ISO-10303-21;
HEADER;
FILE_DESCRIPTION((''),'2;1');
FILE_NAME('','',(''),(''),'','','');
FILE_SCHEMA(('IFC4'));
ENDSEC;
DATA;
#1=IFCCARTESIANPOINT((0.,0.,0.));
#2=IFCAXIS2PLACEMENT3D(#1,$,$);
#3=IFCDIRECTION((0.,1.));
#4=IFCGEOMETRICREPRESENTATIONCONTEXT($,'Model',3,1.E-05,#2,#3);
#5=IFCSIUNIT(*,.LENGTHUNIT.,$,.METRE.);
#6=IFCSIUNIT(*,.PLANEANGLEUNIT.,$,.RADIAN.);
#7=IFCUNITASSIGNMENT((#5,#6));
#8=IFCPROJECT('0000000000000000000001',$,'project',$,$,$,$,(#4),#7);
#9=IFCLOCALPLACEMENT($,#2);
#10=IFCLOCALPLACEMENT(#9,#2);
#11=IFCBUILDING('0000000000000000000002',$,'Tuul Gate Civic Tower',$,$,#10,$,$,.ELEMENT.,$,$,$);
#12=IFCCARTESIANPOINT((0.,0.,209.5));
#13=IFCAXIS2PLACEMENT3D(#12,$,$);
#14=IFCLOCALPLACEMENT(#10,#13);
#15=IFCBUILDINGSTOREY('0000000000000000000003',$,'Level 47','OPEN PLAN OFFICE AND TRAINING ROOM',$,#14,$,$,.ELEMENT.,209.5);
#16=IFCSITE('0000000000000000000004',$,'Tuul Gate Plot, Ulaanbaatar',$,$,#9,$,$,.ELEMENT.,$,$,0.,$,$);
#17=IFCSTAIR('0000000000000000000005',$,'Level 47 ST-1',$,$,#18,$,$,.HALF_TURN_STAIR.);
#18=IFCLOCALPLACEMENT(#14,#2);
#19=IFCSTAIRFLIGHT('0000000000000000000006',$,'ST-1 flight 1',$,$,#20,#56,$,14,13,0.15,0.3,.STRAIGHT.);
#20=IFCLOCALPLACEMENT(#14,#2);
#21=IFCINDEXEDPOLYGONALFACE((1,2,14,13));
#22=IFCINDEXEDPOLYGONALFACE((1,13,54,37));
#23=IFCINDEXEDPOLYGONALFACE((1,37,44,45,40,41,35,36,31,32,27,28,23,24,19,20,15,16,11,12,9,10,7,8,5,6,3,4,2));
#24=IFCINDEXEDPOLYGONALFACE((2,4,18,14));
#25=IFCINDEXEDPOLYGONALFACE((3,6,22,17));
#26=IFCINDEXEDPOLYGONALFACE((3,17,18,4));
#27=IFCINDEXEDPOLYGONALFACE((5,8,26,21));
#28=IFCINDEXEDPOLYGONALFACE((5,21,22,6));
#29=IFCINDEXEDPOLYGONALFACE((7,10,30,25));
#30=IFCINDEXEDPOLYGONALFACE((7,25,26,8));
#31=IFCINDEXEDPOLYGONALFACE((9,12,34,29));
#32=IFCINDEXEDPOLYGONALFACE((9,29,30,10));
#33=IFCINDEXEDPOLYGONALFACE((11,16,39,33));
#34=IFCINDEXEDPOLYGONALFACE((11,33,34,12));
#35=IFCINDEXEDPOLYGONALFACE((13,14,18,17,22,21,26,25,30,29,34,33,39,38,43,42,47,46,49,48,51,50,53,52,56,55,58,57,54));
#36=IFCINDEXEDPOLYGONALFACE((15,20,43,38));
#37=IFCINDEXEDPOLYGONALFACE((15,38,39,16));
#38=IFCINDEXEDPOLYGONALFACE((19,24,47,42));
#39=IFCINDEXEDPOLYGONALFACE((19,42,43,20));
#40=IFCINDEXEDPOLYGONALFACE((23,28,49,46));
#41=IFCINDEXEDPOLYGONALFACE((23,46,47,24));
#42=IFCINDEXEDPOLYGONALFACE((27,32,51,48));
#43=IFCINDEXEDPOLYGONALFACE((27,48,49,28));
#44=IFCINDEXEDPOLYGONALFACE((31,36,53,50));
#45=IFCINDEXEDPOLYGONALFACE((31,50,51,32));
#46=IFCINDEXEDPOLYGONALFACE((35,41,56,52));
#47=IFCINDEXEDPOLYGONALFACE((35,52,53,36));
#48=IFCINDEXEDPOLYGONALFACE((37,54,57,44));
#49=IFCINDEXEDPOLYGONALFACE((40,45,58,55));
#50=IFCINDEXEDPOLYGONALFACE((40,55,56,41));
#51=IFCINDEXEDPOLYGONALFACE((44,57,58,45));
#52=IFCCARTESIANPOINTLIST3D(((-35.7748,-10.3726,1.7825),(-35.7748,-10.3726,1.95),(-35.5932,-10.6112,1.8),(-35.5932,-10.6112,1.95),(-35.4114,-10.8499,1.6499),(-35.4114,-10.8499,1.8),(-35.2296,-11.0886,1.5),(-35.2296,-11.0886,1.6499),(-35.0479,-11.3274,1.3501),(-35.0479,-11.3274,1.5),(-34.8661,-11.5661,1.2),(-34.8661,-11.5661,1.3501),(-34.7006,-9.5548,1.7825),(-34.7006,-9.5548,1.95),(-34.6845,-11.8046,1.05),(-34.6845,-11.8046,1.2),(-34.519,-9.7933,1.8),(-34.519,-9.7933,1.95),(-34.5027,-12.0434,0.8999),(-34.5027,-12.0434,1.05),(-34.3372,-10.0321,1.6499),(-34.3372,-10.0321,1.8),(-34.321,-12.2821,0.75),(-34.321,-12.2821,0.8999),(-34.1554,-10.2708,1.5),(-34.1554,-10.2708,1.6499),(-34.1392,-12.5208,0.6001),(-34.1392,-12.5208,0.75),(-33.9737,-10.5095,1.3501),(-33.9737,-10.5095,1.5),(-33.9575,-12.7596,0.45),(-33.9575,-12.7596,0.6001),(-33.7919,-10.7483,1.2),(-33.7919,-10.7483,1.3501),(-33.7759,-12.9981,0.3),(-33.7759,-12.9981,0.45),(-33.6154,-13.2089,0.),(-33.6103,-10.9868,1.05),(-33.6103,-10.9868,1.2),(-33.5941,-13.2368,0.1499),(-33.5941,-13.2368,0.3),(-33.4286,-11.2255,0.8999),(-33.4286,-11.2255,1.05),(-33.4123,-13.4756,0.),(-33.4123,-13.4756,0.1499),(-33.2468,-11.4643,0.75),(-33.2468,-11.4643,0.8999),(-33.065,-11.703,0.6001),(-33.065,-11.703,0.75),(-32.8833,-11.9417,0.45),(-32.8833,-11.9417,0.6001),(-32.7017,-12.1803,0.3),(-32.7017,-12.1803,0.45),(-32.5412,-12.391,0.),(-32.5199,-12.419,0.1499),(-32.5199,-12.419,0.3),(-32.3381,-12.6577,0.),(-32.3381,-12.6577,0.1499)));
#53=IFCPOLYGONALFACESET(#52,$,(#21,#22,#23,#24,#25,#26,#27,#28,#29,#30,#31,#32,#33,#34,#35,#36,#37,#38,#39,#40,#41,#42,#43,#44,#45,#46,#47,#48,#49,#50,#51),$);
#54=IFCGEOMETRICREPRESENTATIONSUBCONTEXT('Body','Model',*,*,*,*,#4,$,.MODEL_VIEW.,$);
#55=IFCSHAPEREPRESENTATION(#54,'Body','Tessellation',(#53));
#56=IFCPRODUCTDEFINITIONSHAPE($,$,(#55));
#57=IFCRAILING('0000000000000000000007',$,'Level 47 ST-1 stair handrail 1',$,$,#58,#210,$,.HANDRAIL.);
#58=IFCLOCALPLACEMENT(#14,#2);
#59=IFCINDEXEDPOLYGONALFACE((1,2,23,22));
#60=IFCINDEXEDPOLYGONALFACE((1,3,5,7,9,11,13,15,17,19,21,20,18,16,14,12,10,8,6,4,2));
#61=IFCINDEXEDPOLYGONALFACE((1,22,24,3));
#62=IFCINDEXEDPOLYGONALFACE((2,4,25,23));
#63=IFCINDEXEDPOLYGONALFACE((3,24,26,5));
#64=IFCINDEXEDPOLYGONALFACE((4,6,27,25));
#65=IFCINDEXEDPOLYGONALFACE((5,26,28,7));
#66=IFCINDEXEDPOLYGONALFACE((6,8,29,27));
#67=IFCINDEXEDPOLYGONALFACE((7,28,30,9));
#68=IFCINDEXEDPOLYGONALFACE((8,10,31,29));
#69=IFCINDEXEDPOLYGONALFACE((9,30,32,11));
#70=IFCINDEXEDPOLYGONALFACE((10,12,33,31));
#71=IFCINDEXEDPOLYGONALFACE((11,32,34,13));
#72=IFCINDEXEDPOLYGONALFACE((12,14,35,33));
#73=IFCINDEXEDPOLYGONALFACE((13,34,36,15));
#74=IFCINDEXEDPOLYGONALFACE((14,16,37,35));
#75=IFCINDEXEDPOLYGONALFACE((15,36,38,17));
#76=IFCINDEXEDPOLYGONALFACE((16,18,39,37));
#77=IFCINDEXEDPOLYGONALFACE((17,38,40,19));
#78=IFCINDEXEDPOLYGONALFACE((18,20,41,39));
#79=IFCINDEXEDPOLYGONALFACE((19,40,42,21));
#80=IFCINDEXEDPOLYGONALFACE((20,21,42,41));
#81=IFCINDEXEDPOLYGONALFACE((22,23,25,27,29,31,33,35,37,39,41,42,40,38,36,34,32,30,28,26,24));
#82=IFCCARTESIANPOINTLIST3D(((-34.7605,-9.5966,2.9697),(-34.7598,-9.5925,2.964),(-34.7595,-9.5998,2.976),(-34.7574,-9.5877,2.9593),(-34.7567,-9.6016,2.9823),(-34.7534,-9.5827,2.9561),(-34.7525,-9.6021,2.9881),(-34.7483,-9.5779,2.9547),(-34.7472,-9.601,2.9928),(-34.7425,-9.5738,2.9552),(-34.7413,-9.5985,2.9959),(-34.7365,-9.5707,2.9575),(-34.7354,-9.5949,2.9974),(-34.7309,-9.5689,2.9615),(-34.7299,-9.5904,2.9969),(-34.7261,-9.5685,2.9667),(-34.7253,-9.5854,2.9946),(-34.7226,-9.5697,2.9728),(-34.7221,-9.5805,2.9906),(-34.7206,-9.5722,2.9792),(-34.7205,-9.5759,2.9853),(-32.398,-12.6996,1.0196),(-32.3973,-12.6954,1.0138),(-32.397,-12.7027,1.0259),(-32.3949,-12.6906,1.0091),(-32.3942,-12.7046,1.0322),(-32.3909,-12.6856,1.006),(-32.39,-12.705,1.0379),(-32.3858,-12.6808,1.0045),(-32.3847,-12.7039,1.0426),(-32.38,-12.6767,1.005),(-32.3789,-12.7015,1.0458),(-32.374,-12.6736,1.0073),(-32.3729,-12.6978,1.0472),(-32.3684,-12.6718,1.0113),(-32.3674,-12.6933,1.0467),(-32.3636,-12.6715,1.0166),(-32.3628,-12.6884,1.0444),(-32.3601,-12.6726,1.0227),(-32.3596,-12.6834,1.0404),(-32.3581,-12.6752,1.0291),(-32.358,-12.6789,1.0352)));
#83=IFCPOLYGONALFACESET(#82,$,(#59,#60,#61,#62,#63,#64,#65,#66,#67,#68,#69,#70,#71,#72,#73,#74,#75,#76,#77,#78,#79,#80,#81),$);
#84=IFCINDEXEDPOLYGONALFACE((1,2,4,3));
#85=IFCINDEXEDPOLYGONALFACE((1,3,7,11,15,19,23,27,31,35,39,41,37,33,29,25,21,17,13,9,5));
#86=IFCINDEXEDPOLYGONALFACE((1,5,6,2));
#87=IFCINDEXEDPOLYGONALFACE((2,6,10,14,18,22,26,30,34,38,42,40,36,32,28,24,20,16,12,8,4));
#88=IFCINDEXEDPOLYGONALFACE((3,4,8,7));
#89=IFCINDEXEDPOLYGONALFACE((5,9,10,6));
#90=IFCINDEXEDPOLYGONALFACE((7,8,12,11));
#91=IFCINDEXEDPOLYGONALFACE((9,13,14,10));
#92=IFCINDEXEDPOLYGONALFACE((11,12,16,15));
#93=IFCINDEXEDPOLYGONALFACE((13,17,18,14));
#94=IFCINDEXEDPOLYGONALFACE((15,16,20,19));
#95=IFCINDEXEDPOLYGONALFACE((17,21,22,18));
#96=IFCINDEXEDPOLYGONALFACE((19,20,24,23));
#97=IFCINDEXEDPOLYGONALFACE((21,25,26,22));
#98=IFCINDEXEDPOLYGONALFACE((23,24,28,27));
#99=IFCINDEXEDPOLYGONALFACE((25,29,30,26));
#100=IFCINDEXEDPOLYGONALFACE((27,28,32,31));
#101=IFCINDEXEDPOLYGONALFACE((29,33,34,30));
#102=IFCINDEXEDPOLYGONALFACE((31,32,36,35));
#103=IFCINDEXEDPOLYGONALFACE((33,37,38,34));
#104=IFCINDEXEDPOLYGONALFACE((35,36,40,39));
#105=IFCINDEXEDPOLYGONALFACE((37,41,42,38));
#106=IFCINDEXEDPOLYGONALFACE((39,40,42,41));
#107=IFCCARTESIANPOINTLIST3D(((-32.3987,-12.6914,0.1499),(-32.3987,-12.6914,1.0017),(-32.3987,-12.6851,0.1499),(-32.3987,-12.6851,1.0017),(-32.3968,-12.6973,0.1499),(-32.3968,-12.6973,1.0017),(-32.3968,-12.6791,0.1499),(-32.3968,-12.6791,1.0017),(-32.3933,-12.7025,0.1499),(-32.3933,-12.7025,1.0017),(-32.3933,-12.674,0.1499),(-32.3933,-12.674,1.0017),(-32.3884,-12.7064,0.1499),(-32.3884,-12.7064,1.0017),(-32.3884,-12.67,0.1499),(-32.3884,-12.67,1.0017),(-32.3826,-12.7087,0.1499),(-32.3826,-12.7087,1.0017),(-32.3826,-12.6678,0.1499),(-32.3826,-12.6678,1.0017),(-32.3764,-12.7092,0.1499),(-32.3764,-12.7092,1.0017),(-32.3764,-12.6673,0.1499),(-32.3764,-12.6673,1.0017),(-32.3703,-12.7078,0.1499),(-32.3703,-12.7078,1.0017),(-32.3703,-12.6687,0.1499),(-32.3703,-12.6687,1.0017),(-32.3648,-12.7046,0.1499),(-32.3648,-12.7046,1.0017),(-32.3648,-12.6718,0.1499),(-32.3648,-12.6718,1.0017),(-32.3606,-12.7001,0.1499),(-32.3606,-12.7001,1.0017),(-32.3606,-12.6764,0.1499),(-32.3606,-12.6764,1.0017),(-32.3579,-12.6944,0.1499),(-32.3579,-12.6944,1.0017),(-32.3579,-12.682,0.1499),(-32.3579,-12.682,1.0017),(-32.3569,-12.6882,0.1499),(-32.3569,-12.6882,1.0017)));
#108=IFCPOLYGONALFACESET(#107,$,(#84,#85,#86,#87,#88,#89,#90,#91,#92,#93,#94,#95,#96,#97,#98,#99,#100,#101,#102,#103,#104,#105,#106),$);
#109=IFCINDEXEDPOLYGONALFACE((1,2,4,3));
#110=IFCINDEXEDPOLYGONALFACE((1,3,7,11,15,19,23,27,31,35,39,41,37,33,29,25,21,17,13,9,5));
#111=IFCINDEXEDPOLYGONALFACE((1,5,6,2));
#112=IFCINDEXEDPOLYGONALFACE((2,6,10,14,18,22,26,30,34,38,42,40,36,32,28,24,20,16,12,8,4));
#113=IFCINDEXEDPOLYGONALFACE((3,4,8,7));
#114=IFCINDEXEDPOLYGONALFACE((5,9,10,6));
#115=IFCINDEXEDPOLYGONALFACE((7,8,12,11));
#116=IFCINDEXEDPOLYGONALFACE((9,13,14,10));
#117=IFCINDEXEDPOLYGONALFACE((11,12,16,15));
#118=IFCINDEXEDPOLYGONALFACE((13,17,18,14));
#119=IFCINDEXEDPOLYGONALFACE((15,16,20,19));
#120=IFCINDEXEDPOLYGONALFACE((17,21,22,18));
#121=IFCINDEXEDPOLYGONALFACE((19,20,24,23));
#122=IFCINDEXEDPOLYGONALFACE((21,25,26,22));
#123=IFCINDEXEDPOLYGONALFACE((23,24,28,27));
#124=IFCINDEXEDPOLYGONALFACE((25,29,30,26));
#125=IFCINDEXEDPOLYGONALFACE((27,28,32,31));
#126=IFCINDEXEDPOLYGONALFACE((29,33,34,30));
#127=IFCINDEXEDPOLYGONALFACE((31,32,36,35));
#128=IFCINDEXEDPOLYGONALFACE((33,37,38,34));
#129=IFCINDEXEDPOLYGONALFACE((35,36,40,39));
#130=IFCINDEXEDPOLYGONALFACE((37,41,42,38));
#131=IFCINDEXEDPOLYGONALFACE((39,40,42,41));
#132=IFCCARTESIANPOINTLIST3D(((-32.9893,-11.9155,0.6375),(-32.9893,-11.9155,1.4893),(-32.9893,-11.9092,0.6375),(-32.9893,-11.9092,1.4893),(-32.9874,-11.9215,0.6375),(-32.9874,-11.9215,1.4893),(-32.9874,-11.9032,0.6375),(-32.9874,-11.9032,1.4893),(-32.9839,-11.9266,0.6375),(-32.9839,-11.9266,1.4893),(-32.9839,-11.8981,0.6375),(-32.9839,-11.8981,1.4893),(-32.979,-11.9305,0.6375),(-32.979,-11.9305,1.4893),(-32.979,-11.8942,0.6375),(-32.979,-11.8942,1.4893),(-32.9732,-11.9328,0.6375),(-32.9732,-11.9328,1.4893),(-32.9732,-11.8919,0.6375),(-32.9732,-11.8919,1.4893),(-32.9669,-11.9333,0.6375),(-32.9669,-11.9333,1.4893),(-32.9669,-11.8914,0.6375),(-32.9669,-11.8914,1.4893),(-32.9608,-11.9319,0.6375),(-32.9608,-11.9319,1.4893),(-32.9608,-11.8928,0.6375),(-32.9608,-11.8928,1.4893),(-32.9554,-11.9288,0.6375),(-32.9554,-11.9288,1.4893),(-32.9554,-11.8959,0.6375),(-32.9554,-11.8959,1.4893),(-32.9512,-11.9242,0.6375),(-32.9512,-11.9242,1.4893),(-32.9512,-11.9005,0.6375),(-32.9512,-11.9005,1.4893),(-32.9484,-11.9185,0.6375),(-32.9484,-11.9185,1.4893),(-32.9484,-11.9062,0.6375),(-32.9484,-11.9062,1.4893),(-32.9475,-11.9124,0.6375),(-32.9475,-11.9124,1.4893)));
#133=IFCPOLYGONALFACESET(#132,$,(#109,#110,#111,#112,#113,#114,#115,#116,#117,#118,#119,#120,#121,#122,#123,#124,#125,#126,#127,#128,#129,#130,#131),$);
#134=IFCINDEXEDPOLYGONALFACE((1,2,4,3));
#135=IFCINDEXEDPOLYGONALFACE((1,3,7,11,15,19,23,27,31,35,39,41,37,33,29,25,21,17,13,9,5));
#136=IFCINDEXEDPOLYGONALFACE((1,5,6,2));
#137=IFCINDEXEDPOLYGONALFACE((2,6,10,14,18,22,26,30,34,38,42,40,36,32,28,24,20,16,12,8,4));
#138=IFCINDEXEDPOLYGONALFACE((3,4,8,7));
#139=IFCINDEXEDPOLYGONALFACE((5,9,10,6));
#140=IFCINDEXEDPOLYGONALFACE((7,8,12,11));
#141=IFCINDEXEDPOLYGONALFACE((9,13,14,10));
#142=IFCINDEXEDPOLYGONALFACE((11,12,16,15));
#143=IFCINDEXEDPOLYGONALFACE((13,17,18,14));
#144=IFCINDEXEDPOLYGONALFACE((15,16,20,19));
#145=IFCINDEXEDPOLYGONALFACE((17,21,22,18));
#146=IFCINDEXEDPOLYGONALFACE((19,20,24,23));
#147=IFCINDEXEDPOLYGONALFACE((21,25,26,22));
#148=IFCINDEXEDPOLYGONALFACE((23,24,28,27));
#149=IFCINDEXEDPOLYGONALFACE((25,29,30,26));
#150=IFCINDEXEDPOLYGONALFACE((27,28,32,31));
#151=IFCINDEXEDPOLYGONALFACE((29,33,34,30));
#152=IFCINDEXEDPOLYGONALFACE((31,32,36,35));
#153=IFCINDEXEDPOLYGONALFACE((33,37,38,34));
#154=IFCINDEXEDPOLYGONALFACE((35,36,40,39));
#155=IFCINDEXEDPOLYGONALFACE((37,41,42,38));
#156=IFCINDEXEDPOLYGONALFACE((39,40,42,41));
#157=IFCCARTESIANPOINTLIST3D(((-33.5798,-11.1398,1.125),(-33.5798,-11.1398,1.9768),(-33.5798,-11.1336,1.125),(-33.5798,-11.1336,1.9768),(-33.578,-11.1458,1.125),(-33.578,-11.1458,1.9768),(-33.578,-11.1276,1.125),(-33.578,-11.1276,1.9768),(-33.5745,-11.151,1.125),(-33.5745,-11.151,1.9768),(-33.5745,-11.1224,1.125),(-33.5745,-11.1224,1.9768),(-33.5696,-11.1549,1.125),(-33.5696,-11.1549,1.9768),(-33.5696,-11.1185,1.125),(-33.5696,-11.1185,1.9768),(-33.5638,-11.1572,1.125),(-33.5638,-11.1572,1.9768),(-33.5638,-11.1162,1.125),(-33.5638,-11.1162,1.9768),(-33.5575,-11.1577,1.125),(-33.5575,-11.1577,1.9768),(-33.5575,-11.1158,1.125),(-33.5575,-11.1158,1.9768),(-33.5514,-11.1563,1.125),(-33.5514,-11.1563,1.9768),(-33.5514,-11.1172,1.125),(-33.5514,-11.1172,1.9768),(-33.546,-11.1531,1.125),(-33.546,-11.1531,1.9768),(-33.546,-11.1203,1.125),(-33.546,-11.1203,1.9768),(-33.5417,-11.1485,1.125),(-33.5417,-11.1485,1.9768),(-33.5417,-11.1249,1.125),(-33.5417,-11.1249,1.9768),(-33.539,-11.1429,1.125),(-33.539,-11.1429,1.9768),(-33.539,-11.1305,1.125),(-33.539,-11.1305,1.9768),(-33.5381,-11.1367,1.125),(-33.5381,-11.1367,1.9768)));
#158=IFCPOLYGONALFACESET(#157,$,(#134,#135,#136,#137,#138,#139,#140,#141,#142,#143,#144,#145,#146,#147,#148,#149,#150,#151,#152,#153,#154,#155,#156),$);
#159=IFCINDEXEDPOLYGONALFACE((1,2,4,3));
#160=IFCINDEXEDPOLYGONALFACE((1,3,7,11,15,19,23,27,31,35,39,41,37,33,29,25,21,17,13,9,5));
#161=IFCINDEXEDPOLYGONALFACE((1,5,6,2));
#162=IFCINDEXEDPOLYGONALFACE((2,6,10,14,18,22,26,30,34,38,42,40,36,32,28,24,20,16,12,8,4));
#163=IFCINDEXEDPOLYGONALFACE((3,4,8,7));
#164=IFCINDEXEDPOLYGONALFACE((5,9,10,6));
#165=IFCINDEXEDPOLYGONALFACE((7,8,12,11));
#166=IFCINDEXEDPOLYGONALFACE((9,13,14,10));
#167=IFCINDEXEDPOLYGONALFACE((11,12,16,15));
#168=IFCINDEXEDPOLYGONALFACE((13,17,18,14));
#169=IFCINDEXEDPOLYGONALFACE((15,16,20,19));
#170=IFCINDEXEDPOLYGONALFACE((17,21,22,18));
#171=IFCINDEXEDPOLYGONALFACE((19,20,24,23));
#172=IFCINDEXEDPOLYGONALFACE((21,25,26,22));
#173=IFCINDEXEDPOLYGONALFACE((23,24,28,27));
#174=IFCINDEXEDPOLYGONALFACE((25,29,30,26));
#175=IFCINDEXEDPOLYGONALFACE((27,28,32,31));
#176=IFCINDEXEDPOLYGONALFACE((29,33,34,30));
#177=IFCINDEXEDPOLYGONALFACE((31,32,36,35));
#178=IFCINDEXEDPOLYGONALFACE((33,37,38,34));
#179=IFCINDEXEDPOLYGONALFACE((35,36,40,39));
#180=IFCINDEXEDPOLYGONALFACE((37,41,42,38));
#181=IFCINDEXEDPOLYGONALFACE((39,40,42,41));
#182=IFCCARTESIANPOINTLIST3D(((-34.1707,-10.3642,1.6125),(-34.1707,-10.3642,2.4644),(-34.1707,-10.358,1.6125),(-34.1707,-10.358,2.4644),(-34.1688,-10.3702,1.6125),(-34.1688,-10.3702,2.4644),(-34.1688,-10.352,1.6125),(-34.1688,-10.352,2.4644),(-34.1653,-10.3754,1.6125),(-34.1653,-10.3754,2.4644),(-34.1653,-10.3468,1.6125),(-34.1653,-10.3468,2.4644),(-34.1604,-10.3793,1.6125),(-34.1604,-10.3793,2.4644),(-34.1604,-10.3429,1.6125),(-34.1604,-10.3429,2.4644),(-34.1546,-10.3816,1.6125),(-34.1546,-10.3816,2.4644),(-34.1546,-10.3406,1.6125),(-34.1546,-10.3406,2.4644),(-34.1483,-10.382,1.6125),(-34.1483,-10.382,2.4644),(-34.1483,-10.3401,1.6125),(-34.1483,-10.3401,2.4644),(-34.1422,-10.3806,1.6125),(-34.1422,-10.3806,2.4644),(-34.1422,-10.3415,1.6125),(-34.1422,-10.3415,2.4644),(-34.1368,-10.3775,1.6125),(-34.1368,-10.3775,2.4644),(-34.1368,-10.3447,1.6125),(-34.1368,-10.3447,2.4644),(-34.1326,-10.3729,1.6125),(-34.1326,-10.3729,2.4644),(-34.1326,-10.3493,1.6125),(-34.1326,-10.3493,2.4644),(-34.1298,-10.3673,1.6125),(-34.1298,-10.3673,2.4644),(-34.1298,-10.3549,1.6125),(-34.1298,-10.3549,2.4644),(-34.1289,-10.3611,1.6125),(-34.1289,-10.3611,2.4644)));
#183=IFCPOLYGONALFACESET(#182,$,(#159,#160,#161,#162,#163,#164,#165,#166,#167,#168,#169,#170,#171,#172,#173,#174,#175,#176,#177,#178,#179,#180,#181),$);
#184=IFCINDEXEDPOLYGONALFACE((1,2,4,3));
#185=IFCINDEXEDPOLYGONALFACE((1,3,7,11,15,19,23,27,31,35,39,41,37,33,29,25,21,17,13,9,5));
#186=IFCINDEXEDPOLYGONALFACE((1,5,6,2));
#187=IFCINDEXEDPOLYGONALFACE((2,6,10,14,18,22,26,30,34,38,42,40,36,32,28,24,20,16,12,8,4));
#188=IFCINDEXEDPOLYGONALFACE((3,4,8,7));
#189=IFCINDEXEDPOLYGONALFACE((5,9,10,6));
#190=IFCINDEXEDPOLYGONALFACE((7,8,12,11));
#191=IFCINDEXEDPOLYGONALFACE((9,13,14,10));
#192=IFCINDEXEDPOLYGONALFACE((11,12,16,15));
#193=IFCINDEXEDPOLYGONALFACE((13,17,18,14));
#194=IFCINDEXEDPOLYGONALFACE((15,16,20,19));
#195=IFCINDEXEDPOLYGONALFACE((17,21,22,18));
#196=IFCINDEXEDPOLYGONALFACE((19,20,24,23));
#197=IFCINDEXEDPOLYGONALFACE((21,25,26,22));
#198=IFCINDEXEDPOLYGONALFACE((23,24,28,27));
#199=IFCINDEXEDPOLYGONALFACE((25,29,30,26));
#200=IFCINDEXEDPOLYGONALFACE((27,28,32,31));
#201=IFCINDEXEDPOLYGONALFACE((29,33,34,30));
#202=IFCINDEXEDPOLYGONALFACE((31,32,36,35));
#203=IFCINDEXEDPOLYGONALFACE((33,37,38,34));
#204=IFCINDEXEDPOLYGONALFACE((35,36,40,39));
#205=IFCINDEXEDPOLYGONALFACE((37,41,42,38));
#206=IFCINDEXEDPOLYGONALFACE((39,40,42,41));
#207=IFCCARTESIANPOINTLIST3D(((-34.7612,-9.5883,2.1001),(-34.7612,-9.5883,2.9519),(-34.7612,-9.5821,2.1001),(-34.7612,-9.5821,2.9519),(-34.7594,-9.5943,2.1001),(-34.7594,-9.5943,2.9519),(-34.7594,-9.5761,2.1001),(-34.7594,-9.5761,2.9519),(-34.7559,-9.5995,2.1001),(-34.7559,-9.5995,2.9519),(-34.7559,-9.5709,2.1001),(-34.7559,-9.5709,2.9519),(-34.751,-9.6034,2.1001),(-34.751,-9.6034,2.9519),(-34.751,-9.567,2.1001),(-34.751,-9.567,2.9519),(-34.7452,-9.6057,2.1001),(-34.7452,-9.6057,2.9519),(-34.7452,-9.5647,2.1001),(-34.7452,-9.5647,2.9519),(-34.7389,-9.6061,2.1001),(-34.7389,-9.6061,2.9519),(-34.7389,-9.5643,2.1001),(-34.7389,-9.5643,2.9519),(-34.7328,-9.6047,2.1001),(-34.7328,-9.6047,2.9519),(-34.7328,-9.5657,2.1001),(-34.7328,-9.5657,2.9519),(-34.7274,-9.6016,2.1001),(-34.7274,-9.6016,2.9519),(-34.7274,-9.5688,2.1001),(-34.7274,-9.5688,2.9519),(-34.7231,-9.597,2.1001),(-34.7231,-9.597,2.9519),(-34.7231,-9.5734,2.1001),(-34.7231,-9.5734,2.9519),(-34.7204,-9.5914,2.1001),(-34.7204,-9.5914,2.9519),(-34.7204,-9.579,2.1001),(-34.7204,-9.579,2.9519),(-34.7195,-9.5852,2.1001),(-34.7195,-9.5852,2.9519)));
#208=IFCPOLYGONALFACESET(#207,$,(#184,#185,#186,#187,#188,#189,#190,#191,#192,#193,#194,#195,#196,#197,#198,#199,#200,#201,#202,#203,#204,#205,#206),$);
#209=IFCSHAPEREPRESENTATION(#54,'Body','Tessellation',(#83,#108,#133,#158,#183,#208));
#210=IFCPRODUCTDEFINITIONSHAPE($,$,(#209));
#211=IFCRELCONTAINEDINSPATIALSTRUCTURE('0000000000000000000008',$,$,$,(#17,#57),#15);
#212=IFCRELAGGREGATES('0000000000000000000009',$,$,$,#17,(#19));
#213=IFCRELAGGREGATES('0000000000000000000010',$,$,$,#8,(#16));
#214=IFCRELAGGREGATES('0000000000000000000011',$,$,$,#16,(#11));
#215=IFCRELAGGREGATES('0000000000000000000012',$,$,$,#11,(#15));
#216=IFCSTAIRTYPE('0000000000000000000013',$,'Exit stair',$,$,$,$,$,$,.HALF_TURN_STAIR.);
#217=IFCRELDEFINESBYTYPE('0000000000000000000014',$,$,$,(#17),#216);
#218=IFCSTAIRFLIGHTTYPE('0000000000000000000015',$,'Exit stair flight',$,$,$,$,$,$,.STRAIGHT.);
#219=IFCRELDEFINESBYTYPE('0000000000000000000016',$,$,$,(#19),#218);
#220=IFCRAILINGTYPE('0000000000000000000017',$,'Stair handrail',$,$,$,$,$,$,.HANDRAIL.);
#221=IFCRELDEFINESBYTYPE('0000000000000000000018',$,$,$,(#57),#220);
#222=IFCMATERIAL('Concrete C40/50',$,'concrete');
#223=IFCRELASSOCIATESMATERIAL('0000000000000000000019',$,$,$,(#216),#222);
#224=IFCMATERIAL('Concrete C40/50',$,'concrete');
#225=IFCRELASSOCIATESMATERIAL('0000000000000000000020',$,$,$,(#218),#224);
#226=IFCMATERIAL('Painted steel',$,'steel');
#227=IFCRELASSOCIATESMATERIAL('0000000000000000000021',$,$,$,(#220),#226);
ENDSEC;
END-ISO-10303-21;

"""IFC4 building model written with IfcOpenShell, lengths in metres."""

from ifc_helpers import new_model, si_unit, direction, frame, origin, origin_2d, place, context, subcontext, project, spatial, polyline, circle, outline, extrude, material, type_object, element, aggregate, save


model = new_model("IFC4")

# Units and contexts
model_context = context("Model", 3, precision=1e-05, world=origin(), true_north=direction((0.0, 1.0)))
body_context = subcontext(model_context, "Body", "Model", "MODEL_VIEW")
ifc_project = project(units=[si_unit("LENGTHUNIT", "METRE"), si_unit("PLANEANGLEUNIT", "RADIAN")], contexts=[model_context])

# Site, building, storey
site_placement = place(None, origin())
site = spatial("IfcSite", under=ifc_project, at=site_placement, Name="Tuul Gate Plot, Ulaanbaatar", CompositionType="ELEMENT", RefElevation=0.0)
building_placement = place(site_placement, origin())
building = spatial("IfcBuilding", under=site, at=building_placement, Name="Tuul Gate Civic Tower", CompositionType="ELEMENT")
storey_placement = place(building_placement, frame((0.0, 0.0, 209.5)))
storey = spatial("IfcBuildingStorey", under=building, at=storey_placement, Name="Level 47", Description="OPEN PLAN OFFICE AND TRAINING ROOM", CompositionType="ELEMENT", Elevation=209.5)

# Stair, stair flight
ifc_material_1 = material(Name="Concrete C40/50", Category="concrete")
stair_type = type_object("IfcStairType", Name="Exit stair", PredefinedType="HALF_TURN_STAIR", material=ifc_material_1)
stair_placement = place(storey_placement, origin())
stair = element("IfcStair", 1, at=stair_placement, inside=storey, type_object=stair_type, Name="Level 47 ST-1", PredefinedType="HALF_TURN_STAIR")
ifc_material_2 = material(Name="Concrete C40/50", Category="concrete")
stair_flight_type = type_object("IfcStairFlightType", Name="Exit stair flight", PredefinedType="STRAIGHT", material=ifc_material_2)
stair_flight_placement = place(storey_placement, frame((-32.8752, -13.0667, 0.0), z_axis=(0.0, 0.0, 1.0), x_axis=(-0.605764, 0.795644, 0.0)))
stair_flight = element("IfcStairFlight", 2, at=stair_flight_placement, type_object=stair_flight_type, Name="ST-1 flight 1", NumberOfRisers=14, NumberOfTreads=13, PredefinedType="STRAIGHT", RiserHeight=0.15, TreadLength=0.3, context=body_context, shape_type="SweptSolid", body=[
    extrude(outline(polyline([(0.0, 0.0), (0.0, 0.1499), (0.3, 0.1499), (0.3, 0.3), (0.6001, 0.3), (0.6001, 0.45), (0.8999, 0.45), (0.8999, 0.6001), (1.2, 0.6001), (1.2, 0.75), (1.5, 0.75), (1.5, 0.8999), (1.8, 0.8999), (1.8, 1.05), (2.1001, 1.05), (2.1001, 1.2), (2.3999, 1.2), (2.3999, 1.3501), (2.7, 1.3501), (2.7, 1.5), (3.0, 1.5), (3.0, 1.6499), (3.3, 1.6499), (3.3, 1.8), (3.6001, 1.8), (3.6001, 1.95), (3.8999, 1.95), (3.8999, 2.1001), (3.8999, 1.7825), (0.3352, 0.0), (0.0, 0.0)])), frame((0.0, 0.675, 0.0), z_axis=(0.0, -1.0, 0.0), x_axis=(1.0, 0.0, 0.0)), (0.0, 0.0, 1.0), 1.3501),
])
aggregate(stair, [stair_flight])

# Railing
ifc_material_3 = material(Name="Painted steel", Category="steel")
railing_type_1 = type_object("IfcRailingType", Name="Stair handrail", PredefinedType="HANDRAIL", material=ifc_material_3)
railing_1_placement = place(storey_placement, frame((-32.3779, -12.6882, 0.1499)))
element("IfcRailing", 3, at=railing_1_placement, inside=storey, type_object=railing_type_1, Name="Level 47 ST-1 stair handrail 1", PredefinedType="HANDRAIL", context=body_context, shape_type="SweptSolid", body=[
    extrude(circle(Radius=0.0239, at=origin_2d()), frame((0.0, 0.0, 0.876), z_axis=(-0.541811, 0.711627, 0.447245), x_axis=(-0.795637, -0.605773, 0.0)), (0.0, 0.0, 1.0), 4.3604),
    extrude(circle(Radius=0.021, at=origin_2d()), origin(), (0.0, 0.0, 1.0), 0.8518),
    extrude(circle(Radius=0.021, at=origin_2d()), frame((-0.5906, 0.7759, 0.4875)), (0.0, 0.0, 1.0), 0.8518),
    extrude(circle(Radius=0.021, at=origin_2d()), frame((-1.1812, 1.5515, 0.9751)), (0.0, 0.0, 1.0), 0.8518),
    extrude(circle(Radius=0.021, at=origin_2d()), frame((-1.772, 2.3271, 1.4626)), (0.0, 0.0, 1.0), 0.8518),
    extrude(circle(Radius=0.021, at=origin_2d()), frame((-2.3625, 3.103, 1.9502)), (0.0, 0.0, 1.0), 0.8518),
])

save(model, "model.ifc")
